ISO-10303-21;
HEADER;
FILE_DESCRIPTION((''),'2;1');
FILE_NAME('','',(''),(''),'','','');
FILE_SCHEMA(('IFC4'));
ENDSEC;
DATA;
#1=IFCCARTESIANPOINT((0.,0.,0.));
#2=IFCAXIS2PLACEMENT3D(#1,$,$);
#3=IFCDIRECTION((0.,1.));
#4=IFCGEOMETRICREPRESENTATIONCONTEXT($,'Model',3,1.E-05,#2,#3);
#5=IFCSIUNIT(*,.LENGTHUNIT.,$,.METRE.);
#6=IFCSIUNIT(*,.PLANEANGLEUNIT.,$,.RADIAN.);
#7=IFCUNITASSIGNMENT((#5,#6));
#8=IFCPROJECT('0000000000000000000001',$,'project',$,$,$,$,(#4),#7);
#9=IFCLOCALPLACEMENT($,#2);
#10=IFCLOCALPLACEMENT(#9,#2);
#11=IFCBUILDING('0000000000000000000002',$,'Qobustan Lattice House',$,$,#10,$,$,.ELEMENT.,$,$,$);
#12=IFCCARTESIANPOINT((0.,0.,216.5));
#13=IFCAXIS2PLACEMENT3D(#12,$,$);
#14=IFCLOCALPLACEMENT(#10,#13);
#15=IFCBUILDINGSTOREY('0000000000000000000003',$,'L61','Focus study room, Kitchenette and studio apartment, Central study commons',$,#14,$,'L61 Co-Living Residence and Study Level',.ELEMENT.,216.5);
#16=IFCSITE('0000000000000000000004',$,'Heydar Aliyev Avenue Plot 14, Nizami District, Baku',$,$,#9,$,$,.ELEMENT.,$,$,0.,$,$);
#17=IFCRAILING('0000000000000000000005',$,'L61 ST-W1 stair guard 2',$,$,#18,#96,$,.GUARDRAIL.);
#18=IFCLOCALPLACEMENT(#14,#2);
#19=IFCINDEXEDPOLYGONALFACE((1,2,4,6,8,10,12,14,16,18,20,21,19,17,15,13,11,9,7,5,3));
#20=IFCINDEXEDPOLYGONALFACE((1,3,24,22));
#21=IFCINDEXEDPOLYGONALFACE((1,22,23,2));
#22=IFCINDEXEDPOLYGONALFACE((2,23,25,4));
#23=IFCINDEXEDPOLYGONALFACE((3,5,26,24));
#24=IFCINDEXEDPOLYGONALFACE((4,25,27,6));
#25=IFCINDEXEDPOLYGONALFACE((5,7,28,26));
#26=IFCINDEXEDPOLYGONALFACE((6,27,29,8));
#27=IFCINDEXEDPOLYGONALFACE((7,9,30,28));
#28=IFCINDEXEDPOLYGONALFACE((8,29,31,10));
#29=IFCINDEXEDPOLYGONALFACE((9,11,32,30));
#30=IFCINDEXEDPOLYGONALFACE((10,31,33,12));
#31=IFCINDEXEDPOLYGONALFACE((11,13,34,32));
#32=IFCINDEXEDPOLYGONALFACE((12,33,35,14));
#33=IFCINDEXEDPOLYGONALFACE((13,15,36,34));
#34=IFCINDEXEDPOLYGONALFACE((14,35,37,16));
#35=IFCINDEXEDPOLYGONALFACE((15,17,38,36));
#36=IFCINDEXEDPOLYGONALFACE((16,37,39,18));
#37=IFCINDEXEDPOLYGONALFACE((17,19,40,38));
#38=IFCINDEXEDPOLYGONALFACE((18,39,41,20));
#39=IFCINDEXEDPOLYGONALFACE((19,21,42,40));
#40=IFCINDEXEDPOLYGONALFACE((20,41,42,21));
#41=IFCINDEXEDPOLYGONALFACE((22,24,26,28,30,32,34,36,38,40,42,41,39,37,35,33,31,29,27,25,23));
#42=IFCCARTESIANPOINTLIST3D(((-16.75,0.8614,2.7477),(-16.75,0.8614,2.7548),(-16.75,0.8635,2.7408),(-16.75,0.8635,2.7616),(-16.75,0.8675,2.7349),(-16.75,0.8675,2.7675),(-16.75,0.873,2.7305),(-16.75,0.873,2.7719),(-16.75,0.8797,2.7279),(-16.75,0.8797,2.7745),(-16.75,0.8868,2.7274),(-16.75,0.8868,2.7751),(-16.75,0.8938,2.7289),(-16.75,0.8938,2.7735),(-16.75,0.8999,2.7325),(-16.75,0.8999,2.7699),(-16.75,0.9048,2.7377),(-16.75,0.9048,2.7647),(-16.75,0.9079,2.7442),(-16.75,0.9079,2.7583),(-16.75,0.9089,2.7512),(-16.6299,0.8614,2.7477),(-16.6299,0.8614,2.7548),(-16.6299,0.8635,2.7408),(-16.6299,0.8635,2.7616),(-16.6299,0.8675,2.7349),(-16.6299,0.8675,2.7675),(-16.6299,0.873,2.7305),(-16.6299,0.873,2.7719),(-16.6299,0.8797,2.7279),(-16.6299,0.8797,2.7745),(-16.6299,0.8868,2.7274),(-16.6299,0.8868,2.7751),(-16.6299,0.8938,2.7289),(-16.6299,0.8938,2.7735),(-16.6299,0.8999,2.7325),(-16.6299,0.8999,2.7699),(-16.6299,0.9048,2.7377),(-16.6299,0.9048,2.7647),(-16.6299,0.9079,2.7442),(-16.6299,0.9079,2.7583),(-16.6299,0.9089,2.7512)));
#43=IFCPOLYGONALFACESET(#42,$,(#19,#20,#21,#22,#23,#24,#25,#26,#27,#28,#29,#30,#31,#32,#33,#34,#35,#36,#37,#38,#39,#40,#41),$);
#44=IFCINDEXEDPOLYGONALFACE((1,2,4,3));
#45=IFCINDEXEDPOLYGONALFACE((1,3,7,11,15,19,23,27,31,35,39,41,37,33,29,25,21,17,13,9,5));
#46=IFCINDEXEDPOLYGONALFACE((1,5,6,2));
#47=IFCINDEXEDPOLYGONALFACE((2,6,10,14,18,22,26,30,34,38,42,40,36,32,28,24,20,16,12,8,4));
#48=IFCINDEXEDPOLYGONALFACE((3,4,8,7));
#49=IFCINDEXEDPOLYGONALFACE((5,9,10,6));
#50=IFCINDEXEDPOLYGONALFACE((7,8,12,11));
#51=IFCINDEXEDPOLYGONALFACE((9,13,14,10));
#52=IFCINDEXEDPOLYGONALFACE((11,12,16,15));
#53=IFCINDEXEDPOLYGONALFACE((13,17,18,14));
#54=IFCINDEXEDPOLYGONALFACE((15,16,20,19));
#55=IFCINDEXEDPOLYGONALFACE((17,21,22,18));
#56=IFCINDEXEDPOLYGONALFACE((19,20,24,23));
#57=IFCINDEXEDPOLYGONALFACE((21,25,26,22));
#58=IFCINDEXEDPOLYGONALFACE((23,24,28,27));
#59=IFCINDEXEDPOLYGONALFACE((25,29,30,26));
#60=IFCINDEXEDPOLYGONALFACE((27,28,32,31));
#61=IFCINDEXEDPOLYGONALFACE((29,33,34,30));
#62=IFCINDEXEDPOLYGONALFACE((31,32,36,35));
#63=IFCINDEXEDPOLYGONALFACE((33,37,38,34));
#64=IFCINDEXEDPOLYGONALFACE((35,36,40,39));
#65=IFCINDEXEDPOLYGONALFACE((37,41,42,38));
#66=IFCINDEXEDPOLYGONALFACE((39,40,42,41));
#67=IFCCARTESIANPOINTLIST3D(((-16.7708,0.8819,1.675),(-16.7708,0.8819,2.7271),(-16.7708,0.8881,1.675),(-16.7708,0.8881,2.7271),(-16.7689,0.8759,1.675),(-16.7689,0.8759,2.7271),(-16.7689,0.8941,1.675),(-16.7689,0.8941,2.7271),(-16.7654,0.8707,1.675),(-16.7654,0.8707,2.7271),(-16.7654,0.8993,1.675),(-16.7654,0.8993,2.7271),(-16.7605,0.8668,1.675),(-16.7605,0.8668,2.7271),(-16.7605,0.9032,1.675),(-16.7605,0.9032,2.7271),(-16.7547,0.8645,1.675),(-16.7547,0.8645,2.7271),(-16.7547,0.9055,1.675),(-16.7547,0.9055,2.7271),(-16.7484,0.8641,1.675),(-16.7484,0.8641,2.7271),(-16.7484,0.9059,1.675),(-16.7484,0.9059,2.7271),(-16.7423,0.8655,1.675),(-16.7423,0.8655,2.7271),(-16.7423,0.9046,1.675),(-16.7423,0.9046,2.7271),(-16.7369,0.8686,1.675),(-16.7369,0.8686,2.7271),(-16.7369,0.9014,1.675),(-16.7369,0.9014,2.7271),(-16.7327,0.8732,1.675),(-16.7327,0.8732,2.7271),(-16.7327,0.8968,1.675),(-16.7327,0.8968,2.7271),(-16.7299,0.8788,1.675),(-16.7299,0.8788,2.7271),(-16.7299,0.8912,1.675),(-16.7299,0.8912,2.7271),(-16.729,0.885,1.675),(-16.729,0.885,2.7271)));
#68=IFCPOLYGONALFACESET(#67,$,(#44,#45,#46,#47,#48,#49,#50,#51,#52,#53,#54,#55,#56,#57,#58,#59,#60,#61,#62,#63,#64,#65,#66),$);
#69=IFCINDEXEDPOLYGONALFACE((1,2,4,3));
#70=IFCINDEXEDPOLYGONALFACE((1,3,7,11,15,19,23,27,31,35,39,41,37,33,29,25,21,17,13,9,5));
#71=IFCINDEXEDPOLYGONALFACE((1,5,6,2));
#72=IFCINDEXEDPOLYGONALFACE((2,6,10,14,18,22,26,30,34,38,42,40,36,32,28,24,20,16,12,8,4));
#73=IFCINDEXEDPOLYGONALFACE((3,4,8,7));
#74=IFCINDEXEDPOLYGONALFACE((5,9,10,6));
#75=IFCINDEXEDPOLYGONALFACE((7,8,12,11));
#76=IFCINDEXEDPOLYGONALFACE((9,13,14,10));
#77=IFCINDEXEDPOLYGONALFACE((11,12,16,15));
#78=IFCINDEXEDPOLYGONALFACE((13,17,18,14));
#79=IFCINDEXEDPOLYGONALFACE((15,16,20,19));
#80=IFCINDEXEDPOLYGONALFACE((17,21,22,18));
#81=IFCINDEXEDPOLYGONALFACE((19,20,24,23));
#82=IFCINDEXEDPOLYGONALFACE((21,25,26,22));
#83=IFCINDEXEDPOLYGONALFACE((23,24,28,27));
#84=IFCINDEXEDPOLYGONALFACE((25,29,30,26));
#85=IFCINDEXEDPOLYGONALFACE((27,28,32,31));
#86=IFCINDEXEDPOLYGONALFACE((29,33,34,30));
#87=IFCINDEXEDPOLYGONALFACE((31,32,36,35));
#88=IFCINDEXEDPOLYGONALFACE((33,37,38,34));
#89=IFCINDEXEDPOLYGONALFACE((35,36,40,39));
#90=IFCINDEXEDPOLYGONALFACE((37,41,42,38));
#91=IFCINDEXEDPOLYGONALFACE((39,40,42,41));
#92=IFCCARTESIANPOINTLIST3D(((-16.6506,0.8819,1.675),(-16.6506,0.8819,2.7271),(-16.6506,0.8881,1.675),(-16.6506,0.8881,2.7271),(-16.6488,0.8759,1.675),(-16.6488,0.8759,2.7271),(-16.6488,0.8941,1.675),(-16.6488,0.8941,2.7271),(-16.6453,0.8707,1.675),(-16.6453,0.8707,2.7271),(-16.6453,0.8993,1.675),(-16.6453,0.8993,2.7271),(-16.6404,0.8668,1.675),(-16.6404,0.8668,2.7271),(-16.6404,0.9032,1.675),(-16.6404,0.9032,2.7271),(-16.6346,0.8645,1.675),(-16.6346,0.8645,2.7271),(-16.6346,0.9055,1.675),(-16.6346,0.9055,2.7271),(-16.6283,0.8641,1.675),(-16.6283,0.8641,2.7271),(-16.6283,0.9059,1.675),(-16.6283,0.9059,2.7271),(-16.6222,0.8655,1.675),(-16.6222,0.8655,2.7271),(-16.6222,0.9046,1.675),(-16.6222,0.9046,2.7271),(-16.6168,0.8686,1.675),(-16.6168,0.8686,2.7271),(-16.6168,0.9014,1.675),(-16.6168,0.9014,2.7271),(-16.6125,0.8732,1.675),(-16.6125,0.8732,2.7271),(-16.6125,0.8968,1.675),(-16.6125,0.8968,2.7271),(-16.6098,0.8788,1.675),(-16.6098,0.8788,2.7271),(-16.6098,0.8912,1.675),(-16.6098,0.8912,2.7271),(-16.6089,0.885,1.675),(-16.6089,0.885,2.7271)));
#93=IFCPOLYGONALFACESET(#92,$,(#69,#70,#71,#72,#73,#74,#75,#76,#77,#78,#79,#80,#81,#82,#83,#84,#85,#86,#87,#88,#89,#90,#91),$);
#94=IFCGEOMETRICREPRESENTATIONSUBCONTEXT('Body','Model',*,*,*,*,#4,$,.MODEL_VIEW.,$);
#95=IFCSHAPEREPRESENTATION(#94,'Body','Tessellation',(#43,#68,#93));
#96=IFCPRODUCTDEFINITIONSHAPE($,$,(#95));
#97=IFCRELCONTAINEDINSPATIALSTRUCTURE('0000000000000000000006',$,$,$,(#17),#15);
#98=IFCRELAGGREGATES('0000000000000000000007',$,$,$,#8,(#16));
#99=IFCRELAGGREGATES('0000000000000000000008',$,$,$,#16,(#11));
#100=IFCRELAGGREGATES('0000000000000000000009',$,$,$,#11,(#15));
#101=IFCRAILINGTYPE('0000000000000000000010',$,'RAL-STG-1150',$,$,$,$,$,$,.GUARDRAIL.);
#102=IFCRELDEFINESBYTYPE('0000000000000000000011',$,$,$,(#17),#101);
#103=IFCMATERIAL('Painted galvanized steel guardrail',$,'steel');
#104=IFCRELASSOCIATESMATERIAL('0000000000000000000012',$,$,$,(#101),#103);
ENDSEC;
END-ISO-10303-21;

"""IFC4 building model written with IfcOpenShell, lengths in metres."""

from ifc_helpers import new_model, si_unit, direction, frame, origin, origin_2d, place, context, subcontext, project, spatial, circle, extrude, material, type_object, element, save


model = new_model("IFC4")

# Units and contexts
model_context = context("Model", 3, precision=1e-05, world=origin(), true_north=direction((0.0, 1.0)))
body_context = subcontext(model_context, "Body", "Model", "MODEL_VIEW")
ifc_project = project(units=[si_unit("LENGTHUNIT", "METRE"), si_unit("PLANEANGLEUNIT", "RADIAN")], contexts=[model_context])

# Site, building, storey
site_placement = place(None, origin())
site = spatial("IfcSite", under=ifc_project, at=site_placement, Name="Heydar Aliyev Avenue Plot 14, Nizami District, Baku", CompositionType="ELEMENT", RefElevation=0.0)
building_placement = place(site_placement, origin())
building = spatial("IfcBuilding", under=site, at=building_placement, Name="Qobustan Lattice House", CompositionType="ELEMENT")
storey_placement = place(building_placement, frame((0.0, 0.0, 216.5)))
storey = spatial("IfcBuildingStorey", under=building, at=storey_placement, Name="L61", Description="Focus study room, Kitchenette and studio apartment, Central study commons", LongName="L61 Co-Living Residence and Study Level", CompositionType="ELEMENT", Elevation=216.5)

# Railing
ifc_material_1 = material(Name="Painted galvanized steel guardrail", Category="steel")
railing_type_1 = type_object("IfcRailingType", Name="RAL-STG-1150", PredefinedType="GUARDRAIL", material=ifc_material_1)
railing_1_placement = place(storey_placement, frame((-16.75, 0.885, 1.675)))
element("IfcRailing", 1, at=railing_1_placement, inside=storey, type_object=railing_type_1, Name="L61 ST-W1 stair guard 2", PredefinedType="GUARDRAIL", context=body_context, shape_type="SweptSolid", body=[
    extrude(circle(Radius=0.0239, at=origin_2d()), frame((0.0, 0.0, 1.0762), z_axis=(1.0, 0.0, 0.0), x_axis=(0.0, 1.0, 0.0)), (0.0, 0.0, 1.0), 0.1201),
    extrude(circle(Radius=0.021, at=origin_2d()), origin(), (0.0, 0.0, 1.0), 1.052),
    extrude(circle(Radius=0.021, at=origin_2d()), frame((0.1201, 0.0, 0.0)), (0.0, 0.0, 1.0), 1.052),
])

save(model, "model.ifc")
